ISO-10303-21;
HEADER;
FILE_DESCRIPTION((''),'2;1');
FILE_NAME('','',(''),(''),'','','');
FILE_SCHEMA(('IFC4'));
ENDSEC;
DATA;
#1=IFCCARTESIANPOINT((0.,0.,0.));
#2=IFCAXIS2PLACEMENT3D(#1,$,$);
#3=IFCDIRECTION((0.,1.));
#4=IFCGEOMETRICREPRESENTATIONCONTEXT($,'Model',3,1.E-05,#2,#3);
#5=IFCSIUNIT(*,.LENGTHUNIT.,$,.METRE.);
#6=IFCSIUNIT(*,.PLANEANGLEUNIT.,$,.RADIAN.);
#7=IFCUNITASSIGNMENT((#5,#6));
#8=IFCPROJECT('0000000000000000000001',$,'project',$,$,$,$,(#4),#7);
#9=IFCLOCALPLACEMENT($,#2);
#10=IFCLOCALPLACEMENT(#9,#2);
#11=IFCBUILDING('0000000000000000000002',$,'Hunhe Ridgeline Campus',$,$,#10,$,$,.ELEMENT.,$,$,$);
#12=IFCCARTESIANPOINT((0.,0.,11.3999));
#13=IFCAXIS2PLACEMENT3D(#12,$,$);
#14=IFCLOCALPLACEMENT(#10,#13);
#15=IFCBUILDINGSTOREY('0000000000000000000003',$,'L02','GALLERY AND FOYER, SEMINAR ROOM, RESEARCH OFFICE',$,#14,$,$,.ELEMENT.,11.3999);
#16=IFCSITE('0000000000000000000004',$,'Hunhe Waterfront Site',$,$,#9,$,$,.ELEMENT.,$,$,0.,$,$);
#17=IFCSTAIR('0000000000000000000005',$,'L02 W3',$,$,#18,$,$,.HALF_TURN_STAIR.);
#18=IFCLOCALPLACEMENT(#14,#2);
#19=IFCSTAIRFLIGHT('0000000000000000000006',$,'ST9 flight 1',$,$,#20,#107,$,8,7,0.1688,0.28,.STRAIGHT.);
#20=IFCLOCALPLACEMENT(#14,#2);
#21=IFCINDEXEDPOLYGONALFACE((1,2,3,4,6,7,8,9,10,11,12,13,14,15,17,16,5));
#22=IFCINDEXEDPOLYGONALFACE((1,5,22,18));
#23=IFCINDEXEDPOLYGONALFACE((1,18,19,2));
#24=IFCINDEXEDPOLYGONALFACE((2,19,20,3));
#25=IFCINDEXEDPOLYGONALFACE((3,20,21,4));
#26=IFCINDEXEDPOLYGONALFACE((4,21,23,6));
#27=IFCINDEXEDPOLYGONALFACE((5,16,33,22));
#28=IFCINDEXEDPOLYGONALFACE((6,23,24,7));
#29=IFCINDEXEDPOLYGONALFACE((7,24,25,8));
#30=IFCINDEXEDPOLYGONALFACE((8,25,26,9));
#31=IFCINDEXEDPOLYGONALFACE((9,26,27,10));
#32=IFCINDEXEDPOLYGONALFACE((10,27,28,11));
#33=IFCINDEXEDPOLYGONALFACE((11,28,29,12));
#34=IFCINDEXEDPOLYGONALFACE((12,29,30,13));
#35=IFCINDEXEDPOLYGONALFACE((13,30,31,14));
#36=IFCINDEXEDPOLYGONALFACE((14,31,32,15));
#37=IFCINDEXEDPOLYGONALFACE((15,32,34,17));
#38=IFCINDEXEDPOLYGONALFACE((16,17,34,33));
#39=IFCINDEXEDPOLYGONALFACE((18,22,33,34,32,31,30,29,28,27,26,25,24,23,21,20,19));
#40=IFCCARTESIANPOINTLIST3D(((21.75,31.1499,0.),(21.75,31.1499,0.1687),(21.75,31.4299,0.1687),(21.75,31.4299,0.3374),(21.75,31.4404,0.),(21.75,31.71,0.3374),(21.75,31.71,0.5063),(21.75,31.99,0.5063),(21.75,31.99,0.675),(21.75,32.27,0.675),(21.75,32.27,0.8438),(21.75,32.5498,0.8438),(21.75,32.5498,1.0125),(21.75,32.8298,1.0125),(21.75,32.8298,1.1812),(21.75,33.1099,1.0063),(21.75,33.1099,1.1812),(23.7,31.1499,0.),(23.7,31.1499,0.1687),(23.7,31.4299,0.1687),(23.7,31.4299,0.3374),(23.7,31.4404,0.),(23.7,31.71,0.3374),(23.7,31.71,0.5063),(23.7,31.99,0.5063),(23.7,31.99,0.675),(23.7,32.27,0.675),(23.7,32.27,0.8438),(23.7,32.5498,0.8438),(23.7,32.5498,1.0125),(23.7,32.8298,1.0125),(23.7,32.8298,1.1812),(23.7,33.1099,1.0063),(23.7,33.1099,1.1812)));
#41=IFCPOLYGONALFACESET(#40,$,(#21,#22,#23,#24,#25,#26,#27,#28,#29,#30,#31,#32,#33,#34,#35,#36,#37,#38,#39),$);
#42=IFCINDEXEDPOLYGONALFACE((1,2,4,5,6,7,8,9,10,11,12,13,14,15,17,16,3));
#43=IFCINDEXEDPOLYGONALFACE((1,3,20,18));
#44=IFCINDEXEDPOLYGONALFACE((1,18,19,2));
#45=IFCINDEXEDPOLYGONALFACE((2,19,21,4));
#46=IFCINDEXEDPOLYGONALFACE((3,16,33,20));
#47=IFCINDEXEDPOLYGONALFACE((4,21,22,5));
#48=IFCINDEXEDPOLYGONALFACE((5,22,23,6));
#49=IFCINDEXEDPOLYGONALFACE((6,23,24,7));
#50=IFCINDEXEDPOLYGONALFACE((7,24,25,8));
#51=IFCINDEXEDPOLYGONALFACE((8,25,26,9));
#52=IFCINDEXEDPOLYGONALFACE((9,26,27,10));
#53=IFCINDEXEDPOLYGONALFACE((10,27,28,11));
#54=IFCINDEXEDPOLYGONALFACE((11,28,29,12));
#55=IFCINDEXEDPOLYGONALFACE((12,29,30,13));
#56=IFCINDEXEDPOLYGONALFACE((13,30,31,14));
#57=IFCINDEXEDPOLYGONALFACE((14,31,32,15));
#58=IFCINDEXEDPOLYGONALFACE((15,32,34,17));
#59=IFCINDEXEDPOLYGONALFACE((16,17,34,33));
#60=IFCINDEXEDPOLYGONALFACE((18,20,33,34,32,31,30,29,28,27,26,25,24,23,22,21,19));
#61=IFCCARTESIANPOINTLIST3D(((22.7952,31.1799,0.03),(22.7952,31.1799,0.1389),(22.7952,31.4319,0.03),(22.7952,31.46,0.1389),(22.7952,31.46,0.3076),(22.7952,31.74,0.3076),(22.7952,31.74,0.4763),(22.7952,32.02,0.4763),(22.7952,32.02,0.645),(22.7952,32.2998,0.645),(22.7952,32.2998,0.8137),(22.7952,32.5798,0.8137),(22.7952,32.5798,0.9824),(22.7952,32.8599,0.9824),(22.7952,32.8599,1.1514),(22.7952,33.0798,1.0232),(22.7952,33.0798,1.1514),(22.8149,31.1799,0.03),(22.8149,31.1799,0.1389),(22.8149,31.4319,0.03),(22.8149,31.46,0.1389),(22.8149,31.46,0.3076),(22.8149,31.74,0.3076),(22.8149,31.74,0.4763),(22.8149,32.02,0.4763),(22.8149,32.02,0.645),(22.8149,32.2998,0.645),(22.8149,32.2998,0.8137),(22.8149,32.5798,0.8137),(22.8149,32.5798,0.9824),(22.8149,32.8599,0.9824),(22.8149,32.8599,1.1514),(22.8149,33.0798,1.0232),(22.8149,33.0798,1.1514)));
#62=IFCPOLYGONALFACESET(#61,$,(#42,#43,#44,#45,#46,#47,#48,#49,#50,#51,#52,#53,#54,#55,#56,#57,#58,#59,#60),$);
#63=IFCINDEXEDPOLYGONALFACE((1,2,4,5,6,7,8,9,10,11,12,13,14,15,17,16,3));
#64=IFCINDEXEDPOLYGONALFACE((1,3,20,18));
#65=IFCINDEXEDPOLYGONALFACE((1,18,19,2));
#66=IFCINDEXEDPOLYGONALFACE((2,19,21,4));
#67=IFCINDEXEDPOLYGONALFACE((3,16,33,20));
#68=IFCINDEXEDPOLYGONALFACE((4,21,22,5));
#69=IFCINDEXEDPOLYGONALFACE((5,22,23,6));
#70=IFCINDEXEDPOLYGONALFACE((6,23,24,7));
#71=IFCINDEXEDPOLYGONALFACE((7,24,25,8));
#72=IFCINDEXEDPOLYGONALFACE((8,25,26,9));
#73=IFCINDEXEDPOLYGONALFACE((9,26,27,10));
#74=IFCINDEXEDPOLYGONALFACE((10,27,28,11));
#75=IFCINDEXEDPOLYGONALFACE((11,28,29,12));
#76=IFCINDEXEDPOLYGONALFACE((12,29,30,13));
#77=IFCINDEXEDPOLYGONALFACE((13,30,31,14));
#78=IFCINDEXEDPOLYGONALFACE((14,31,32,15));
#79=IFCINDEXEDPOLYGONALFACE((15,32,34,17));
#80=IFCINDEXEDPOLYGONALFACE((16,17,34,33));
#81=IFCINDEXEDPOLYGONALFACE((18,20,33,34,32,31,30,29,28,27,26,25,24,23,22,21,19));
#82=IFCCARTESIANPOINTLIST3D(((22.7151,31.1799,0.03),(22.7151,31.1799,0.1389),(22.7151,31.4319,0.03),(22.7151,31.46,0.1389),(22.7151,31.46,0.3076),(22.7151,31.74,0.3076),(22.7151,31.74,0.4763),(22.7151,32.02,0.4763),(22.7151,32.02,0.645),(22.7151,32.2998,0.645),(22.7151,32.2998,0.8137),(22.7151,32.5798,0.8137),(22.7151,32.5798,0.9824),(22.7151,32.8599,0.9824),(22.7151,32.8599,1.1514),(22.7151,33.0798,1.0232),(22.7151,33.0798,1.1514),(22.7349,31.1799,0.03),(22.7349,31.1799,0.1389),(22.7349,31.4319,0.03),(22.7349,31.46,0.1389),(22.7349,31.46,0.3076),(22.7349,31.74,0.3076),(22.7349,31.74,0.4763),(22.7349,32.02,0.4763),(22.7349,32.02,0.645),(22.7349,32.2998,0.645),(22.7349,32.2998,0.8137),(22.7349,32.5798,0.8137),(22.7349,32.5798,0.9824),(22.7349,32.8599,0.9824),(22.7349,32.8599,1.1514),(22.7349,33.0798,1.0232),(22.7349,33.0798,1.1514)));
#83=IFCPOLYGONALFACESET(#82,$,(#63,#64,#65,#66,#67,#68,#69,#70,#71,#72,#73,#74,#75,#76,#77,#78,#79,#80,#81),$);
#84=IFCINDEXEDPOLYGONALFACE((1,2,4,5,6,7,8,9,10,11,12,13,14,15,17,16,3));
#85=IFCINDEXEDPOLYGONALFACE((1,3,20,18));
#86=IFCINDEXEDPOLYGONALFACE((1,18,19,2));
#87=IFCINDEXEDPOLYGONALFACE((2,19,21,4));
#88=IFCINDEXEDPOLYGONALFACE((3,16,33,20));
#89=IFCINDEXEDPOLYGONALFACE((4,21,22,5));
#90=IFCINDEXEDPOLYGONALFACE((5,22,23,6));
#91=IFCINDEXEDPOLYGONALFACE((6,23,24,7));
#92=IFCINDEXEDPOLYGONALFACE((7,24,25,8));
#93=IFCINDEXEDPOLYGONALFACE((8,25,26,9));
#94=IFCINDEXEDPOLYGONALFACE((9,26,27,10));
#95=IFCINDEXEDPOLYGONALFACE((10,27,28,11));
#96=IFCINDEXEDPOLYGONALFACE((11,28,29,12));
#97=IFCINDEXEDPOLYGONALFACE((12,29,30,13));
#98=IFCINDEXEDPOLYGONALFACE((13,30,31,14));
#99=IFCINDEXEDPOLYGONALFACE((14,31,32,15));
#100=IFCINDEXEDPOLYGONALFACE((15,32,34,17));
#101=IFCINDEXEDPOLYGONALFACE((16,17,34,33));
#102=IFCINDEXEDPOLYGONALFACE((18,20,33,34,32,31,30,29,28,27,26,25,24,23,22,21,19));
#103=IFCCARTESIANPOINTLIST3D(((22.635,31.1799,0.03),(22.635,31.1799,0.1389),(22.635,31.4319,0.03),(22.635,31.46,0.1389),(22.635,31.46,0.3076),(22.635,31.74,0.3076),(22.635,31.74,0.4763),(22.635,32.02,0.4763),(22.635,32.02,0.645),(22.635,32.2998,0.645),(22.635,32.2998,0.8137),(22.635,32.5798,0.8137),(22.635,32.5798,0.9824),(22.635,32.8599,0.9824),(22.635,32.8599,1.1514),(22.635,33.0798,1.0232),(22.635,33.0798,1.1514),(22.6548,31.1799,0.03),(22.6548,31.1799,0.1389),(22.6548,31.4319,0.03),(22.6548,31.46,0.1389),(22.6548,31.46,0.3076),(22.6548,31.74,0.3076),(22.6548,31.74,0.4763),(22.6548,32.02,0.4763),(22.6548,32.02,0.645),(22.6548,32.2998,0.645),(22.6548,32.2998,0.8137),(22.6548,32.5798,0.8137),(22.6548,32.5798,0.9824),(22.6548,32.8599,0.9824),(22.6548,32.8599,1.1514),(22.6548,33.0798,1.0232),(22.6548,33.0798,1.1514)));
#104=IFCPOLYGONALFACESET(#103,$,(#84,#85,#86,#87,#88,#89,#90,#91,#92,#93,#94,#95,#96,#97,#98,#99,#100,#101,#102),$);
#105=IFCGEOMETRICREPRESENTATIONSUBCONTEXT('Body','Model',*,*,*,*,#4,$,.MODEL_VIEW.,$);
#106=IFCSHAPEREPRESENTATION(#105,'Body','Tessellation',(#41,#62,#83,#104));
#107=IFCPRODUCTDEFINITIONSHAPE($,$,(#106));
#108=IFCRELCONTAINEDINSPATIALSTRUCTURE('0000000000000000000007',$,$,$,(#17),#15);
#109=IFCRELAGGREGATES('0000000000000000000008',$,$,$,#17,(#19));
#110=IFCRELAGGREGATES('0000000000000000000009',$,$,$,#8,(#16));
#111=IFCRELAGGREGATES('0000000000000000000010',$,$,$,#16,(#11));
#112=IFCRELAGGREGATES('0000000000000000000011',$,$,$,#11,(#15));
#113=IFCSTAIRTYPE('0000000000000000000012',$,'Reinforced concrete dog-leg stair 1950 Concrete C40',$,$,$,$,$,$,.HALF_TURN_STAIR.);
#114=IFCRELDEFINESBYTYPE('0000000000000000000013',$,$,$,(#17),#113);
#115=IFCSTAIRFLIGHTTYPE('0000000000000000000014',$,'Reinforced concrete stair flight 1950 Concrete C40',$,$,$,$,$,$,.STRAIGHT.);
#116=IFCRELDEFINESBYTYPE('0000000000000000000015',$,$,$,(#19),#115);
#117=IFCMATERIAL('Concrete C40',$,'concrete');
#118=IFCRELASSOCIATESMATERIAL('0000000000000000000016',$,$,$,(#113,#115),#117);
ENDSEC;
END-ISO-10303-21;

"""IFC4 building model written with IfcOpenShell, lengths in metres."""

from ifc_helpers import new_model, si_unit, direction, frame, origin, place, context, subcontext, project, spatial, polyline, outline, extrude, material, type_object, element, aggregate, save


model = new_model("IFC4")

# Units and contexts
model_context = context("Model", 3, precision=1e-05, world=origin(), true_north=direction((0.0, 1.0)))
body_context = subcontext(model_context, "Body", "Model", "MODEL_VIEW")
ifc_project = project(units=[si_unit("LENGTHUNIT", "METRE"), si_unit("PLANEANGLEUNIT", "RADIAN")], contexts=[model_context])

# Site, building, storey
site_placement = place(None, origin())
site = spatial("IfcSite", under=ifc_project, at=site_placement, Name="Hunhe Waterfront Site", CompositionType="ELEMENT", RefElevation=0.0)
building_placement = place(site_placement, origin())
building = spatial("IfcBuilding", under=site, at=building_placement, Name="Hunhe Ridgeline Campus", CompositionType="ELEMENT")
storey_placement = place(building_placement, frame((0.0, 0.0, 11.3999)))
storey = spatial("IfcBuildingStorey", under=building, at=storey_placement, Name="L02", Description="GALLERY AND FOYER, SEMINAR ROOM, RESEARCH OFFICE", CompositionType="ELEMENT", Elevation=11.3999)

# Shared definitions
ifc_material_1 = material(Name="Concrete C40", Category="concrete")
stair_type = type_object("IfcStairType", Name="Reinforced concrete dog-leg stair 1950 Concrete C40", PredefinedType="HALF_TURN_STAIR", material=ifc_material_1)
stair_flight_type = type_object("IfcStairFlightType", Name="Reinforced concrete stair flight 1950 Concrete C40", PredefinedType="STRAIGHT", material=ifc_material_1)

# Stair, stair flight
stair_1_placement = place(storey_placement, origin())
stair_1 = element("IfcStair", 1, at=stair_1_placement, inside=storey, type_object=stair_type, Name="L02 W3", PredefinedType="HALF_TURN_STAIR")
stair_flight_1_placement = place(storey_placement, frame((22.7251, 31.1499, 0.0), z_axis=(0.0, 0.0, 1.0), x_axis=(0.0, 1.0, 0.0)))
stair_flight_1 = element("IfcStairFlight", 2, at=stair_flight_1_placement, type_object=stair_flight_type, Name="ST9 flight 1", NumberOfRisers=8, NumberOfTreads=7, PredefinedType="STRAIGHT", RiserHeight=0.1688, TreadLength=0.28, context=body_context, shape_type="SweptSolid", body=[
    extrude(outline(polyline([(0.0, 0.0), (0.0, 0.1687), (0.28, 0.1687), (0.28, 0.3374), (0.5601, 0.3374), (0.5601, 0.5063), (0.8401, 0.5063), (0.8401, 0.675), (1.1201, 0.675), (1.1201, 0.8438), (1.3999, 0.8438), (1.3999, 1.0125), (1.6799, 1.0125), (1.6799, 1.1812), (1.96, 1.1812), (1.96, 1.3501), (1.96, 1.0063), (0.2905, 0.0), (0.0, 0.0)])), frame((0.0, 0.9751, 0.0), z_axis=(0.0, -1.0, 0.0), x_axis=(1.0, 0.0, 0.0)), (0.0, 0.0, 1.0), 1.95),
    extrude(outline(polyline([(0.03, 0.03), (0.03, 0.1389), (0.3101, 0.1389), (0.3101, 0.3076), (0.5901, 0.3076), (0.5901, 0.4763), (0.8701, 0.4763), (0.8701, 0.645), (1.1499, 0.645), (1.1499, 0.8137), (1.4299, 0.8137), (1.4299, 0.9824), (1.71, 0.9824), (1.71, 1.1514), (1.9299, 1.1514), (1.9299, 1.0232), (0.282, 0.03), (0.03, 0.03)])), frame((0.0, -0.0701, 0.0), z_axis=(0.0, -1.0, 0.0), x_axis=(1.0, 0.0, 0.0)), (0.0, 0.0, 1.0), 0.0198),
    extrude(outline(polyline([(0.03, 0.03), (0.03, 0.1389), (0.3101, 0.1389), (0.3101, 0.3076), (0.5901, 0.3076), (0.5901, 0.4763), (0.8701, 0.4763), (0.8701, 0.645), (1.1499, 0.645), (1.1499, 0.8137), (1.4299, 0.8137), (1.4299, 0.9824), (1.71, 0.9824), (1.71, 1.1514), (1.9299, 1.1514), (1.9299, 1.0232), (0.282, 0.03), (0.03, 0.03)])), frame((0.0, 0.01, 0.0), z_axis=(0.0, -1.0, 0.0), x_axis=(1.0, 0.0, 0.0)), (0.0, 0.0, 1.0), 0.0198),
    extrude(outline(polyline([(0.03, 0.03), (0.03, 0.1389), (0.3101, 0.1389), (0.3101, 0.3076), (0.5901, 0.3076), (0.5901, 0.4763), (0.8701, 0.4763), (0.8701, 0.645), (1.1499, 0.645), (1.1499, 0.8137), (1.4299, 0.8137), (1.4299, 0.9824), (1.71, 0.9824), (1.71, 1.1514), (1.9299, 1.1514), (1.9299, 1.0232), (0.282, 0.03), (0.03, 0.03)])), frame((0.0, 0.0901, 0.0), z_axis=(0.0, -1.0, 0.0), x_axis=(1.0, 0.0, 0.0)), (0.0, 0.0, 1.0), 0.0198),
])
aggregate(stair_1, [stair_flight_1])

save(model, "model.ifc")
